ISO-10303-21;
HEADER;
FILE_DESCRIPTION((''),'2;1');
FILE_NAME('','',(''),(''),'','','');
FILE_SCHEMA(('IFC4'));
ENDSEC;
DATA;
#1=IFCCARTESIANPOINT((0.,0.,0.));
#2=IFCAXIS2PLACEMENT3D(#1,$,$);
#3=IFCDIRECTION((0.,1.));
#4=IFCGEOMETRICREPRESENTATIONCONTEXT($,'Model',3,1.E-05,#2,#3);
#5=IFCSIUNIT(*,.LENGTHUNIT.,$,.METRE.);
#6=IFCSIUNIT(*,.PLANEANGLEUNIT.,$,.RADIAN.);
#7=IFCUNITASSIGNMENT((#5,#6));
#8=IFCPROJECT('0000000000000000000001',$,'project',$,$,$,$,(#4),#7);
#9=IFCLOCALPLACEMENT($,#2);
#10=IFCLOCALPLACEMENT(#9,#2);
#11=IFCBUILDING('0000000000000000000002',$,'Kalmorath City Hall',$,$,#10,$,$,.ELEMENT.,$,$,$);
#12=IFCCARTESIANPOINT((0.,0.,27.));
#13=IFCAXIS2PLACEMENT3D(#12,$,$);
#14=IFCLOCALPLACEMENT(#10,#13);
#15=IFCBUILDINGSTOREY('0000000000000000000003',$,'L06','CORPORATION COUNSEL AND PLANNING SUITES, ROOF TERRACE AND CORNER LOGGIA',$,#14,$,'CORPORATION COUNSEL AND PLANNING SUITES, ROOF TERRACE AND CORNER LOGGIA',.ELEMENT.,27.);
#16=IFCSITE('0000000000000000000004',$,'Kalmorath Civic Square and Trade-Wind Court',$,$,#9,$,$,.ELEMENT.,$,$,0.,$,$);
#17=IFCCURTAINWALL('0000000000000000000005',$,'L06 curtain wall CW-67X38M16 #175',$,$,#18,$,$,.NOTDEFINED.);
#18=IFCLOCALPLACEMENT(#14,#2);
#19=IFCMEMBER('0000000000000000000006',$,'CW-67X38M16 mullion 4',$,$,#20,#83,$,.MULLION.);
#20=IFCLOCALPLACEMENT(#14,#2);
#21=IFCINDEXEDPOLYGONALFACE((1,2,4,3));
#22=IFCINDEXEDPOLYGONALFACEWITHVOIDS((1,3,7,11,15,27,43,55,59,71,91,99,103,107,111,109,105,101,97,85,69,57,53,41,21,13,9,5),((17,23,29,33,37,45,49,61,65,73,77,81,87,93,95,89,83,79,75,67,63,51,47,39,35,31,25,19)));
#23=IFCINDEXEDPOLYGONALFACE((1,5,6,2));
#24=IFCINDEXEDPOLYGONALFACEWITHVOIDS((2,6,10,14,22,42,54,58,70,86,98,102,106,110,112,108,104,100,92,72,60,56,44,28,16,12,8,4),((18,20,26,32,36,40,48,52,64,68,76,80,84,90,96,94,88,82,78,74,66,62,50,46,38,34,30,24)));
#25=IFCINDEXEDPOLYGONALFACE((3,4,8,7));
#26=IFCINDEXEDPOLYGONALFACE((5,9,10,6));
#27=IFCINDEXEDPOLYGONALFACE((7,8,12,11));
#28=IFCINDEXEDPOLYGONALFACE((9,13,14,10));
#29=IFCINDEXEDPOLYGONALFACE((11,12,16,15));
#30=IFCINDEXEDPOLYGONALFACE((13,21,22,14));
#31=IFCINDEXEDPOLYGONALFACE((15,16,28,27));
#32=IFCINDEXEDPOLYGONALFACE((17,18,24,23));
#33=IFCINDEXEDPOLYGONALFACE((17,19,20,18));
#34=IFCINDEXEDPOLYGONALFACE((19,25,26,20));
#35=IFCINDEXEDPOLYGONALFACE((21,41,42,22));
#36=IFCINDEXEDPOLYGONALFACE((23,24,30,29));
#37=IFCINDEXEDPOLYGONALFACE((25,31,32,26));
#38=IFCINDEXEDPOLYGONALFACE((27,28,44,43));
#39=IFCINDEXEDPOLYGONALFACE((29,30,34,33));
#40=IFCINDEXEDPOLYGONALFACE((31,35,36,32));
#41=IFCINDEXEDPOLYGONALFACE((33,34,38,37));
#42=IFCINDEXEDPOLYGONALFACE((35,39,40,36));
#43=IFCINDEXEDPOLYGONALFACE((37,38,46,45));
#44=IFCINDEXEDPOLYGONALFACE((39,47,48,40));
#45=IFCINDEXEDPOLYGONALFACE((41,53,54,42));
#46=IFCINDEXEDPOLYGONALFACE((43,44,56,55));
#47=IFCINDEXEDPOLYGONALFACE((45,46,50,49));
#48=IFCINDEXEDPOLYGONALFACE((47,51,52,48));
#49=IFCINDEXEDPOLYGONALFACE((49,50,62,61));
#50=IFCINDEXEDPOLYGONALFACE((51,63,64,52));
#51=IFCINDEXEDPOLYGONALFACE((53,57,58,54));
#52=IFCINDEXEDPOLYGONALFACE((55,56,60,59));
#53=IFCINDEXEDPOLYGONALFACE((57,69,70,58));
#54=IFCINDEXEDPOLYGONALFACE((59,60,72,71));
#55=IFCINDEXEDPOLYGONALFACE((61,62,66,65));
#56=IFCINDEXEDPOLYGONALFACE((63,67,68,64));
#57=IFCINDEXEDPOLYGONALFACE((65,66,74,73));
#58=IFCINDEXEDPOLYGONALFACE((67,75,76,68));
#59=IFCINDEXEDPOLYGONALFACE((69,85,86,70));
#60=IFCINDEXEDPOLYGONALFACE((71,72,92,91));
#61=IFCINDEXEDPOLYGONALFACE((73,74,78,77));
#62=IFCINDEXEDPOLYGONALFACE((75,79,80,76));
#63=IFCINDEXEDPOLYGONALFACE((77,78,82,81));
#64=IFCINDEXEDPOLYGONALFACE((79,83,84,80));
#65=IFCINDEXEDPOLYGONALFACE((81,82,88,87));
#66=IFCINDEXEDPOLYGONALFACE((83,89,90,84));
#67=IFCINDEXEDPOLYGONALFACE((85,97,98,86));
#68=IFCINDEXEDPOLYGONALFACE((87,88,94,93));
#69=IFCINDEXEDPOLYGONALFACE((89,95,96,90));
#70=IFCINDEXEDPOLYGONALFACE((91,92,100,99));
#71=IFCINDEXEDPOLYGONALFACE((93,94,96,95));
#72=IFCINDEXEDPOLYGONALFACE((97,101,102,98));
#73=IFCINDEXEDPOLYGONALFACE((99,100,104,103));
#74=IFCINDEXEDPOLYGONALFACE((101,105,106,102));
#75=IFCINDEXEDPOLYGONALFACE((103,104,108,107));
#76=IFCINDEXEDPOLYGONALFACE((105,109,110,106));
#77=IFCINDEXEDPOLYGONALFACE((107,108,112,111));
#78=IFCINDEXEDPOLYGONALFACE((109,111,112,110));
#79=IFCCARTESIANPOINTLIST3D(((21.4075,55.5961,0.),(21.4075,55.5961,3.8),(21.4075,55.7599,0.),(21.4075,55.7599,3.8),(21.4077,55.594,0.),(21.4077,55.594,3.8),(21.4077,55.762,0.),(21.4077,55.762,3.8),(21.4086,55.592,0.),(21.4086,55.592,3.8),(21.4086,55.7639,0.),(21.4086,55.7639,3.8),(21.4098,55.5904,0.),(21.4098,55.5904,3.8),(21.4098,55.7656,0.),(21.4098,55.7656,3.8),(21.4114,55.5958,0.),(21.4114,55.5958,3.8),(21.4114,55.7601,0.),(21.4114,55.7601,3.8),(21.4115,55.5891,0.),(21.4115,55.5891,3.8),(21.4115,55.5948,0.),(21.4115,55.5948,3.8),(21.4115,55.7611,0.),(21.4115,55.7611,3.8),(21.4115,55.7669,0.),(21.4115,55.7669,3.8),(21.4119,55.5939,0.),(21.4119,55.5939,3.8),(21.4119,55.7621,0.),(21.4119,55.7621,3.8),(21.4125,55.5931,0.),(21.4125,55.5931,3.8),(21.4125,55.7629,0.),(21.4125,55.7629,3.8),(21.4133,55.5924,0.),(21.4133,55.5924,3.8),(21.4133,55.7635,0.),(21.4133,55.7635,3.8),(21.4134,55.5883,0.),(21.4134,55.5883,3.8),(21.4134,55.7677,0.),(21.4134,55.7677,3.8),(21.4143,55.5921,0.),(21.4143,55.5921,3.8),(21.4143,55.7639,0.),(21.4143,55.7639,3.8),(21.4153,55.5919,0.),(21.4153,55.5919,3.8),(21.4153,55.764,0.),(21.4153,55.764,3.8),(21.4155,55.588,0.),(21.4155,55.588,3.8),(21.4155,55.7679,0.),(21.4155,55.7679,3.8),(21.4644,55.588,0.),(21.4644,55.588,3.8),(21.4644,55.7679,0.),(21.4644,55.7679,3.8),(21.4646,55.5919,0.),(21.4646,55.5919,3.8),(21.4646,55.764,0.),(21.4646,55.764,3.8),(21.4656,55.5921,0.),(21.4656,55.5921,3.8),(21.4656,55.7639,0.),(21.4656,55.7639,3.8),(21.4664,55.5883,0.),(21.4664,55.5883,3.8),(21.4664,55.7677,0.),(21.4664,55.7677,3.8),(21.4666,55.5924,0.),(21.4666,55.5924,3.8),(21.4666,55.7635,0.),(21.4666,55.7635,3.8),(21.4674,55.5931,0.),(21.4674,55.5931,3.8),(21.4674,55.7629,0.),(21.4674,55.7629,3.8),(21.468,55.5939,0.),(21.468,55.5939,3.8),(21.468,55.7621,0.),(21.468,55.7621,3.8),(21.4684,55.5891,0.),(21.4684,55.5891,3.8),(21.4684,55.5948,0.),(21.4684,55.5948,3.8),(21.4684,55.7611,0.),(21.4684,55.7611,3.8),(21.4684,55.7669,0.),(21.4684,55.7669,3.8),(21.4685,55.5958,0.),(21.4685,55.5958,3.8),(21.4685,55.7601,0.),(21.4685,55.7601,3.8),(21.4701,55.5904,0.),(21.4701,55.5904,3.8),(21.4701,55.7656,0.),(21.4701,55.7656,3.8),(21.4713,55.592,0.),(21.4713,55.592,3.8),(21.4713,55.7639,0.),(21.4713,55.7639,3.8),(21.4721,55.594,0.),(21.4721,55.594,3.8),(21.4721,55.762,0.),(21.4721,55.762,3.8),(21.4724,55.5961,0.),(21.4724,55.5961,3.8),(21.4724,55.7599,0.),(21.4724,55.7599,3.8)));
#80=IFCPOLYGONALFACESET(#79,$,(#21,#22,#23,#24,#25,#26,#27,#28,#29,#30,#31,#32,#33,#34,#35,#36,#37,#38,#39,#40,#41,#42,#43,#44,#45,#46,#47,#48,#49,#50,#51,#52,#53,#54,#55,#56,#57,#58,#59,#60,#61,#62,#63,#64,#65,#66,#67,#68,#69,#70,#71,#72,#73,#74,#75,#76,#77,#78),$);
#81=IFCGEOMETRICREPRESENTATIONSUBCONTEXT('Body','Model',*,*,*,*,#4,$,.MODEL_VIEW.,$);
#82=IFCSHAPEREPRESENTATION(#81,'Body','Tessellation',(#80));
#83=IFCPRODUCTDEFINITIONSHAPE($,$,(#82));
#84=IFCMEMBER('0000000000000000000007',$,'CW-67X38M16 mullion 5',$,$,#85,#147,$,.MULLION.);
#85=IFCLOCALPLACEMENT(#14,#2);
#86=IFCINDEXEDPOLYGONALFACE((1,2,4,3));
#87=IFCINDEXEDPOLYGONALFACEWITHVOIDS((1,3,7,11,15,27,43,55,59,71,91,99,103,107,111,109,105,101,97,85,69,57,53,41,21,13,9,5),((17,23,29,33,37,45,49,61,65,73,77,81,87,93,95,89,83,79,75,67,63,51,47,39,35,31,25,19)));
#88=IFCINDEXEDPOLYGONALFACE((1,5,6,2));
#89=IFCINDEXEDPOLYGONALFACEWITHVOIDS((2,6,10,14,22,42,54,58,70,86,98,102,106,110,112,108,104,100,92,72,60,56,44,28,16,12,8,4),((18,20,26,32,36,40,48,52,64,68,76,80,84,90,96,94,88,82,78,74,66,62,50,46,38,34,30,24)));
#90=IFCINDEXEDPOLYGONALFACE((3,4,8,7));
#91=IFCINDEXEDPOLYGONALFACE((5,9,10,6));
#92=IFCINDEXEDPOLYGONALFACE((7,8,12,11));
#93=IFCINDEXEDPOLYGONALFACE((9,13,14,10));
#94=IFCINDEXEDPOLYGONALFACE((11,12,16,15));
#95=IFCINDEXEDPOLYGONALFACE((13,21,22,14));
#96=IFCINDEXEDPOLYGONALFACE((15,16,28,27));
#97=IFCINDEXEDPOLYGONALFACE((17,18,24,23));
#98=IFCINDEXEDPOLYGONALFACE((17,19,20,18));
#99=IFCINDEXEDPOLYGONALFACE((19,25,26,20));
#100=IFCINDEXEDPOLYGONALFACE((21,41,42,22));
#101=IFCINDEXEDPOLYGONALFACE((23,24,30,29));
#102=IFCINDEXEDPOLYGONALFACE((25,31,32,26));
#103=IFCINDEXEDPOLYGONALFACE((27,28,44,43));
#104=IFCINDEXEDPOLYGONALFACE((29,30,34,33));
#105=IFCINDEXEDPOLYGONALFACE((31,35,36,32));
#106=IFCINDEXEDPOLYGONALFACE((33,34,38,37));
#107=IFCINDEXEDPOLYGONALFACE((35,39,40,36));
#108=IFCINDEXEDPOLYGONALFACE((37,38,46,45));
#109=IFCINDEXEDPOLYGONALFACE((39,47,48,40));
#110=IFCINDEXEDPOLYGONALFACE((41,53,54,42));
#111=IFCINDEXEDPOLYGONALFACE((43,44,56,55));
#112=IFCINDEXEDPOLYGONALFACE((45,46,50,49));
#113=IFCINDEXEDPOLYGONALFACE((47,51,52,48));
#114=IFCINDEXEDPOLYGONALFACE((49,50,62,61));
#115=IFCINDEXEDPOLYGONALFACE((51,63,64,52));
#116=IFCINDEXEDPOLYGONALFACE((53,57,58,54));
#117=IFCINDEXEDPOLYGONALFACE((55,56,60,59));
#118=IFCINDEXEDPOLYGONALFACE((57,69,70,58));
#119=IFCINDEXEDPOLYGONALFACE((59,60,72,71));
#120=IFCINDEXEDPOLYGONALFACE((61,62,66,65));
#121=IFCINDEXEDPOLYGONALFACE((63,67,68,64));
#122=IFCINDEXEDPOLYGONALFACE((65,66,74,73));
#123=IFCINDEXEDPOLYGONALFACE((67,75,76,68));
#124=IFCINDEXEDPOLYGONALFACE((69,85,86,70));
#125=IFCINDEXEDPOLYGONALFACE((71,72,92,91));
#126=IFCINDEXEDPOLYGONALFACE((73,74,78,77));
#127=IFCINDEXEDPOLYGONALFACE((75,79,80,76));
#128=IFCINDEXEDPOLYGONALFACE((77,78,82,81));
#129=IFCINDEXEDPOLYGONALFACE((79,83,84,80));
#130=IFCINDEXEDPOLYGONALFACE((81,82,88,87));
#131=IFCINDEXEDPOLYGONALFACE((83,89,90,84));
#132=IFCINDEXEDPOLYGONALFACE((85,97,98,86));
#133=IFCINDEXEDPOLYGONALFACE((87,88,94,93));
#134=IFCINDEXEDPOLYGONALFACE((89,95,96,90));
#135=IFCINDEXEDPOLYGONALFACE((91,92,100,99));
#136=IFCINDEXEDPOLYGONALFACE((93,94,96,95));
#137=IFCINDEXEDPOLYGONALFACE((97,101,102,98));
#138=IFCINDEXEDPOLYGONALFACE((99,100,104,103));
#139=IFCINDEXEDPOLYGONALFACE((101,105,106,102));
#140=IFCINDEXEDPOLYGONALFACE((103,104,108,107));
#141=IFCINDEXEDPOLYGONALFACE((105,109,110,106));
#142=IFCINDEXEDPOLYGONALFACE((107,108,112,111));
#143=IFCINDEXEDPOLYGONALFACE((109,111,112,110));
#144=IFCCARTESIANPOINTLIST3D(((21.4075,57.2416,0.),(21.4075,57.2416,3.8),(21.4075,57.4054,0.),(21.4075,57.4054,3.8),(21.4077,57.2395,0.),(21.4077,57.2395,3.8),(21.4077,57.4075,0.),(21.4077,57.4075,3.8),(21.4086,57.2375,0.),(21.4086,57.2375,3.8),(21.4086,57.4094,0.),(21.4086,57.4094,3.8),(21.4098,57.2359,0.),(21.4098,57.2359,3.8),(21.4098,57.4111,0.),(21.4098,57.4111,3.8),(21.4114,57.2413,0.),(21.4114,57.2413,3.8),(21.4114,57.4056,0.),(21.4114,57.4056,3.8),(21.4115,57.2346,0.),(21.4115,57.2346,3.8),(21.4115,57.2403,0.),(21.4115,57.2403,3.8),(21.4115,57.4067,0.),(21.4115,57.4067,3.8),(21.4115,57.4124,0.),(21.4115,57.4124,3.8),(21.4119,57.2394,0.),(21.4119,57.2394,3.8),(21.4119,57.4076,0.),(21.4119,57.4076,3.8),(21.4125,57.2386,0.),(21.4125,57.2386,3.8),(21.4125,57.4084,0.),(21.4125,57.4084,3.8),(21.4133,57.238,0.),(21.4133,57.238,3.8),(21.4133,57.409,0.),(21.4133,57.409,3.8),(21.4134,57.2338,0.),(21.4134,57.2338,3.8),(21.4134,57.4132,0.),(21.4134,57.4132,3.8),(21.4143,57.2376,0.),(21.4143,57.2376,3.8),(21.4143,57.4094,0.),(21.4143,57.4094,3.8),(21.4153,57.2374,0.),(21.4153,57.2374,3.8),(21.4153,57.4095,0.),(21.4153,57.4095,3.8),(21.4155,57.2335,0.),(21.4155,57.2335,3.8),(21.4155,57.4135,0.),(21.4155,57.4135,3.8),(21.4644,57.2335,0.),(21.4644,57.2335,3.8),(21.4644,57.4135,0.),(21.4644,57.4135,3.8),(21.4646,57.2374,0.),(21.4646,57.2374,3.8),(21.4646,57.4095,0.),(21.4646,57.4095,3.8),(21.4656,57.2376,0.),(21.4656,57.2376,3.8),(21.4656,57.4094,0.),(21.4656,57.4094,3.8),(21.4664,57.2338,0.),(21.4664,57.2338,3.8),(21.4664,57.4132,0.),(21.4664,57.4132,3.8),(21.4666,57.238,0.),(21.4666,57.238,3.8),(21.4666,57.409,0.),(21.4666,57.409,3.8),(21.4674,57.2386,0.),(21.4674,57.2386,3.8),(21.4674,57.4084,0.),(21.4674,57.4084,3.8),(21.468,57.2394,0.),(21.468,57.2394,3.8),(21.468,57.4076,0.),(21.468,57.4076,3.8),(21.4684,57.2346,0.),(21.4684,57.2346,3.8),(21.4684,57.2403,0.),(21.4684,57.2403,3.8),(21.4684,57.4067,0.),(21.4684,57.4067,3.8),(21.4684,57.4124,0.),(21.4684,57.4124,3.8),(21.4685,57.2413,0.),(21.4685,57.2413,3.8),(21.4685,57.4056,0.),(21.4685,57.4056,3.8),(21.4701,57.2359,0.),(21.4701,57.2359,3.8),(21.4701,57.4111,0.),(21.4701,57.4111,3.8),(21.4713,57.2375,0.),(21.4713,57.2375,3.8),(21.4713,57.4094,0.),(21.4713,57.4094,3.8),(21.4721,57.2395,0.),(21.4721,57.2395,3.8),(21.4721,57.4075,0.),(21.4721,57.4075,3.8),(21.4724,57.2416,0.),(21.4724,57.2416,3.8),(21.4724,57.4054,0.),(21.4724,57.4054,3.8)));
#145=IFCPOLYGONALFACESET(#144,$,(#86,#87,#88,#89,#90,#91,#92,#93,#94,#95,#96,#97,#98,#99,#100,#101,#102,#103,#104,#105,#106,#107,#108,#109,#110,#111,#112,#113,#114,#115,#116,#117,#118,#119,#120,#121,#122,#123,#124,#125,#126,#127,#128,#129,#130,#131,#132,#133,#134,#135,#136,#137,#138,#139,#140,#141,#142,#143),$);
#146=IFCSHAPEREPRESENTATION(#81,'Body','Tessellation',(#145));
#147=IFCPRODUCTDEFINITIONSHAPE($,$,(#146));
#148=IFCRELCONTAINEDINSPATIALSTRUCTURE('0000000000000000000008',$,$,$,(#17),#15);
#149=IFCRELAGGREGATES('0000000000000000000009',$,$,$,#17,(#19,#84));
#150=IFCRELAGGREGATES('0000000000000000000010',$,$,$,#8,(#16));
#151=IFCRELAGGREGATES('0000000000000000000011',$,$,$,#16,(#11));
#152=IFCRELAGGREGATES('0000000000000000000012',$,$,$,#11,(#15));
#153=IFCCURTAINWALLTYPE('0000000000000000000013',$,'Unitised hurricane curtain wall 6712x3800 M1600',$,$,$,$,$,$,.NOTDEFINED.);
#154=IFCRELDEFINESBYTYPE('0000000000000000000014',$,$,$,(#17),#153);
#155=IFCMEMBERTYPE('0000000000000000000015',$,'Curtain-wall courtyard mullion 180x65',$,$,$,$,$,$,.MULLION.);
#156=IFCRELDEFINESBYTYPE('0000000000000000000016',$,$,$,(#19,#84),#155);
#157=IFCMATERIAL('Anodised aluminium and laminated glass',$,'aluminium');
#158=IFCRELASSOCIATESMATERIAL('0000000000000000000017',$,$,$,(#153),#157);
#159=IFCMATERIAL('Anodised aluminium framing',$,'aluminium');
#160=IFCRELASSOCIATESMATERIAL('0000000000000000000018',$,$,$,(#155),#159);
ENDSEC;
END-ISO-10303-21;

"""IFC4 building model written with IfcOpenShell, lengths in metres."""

from ifc_helpers import new_model, si_unit, direction, frame, origin, origin_2d, place, context, subcontext, project, spatial, hollow_rectangle, extrude, material, material_profile, profile_set, type_object, element, aggregate, save


model = new_model("IFC4")

# Units and contexts
model_context = context("Model", 3, precision=1e-05, world=origin(), true_north=direction((0.0, 1.0)))
body_context = subcontext(model_context, "Body", "Model", "MODEL_VIEW")
ifc_project = project(units=[si_unit("LENGTHUNIT", "METRE"), si_unit("PLANEANGLEUNIT", "RADIAN")], contexts=[model_context])

# Site, building, storey
site_placement = place(None, origin())
site = spatial("IfcSite", under=ifc_project, at=site_placement, Name="Kalmorath Civic Square and Trade-Wind Court", CompositionType="ELEMENT", RefElevation=0.0)
building_placement = place(site_placement, origin())
building = spatial("IfcBuilding", under=site, at=building_placement, Name="Kalmorath City Hall", CompositionType="ELEMENT")
storey_placement = place(building_placement, frame((0.0, 0.0, 27.0)))
storey = spatial("IfcBuildingStorey", under=building, at=storey_placement, Name="L06", Description="CORPORATION COUNSEL AND PLANNING SUITES, ROOF TERRACE AND CORNER LOGGIA", LongName="CORPORATION COUNSEL AND PLANNING SUITES, ROOF TERRACE AND CORNER LOGGIA", CompositionType="ELEMENT", Elevation=27.0)

# Curtain wall, members
ifc_material_1 = material(Name="Anodised aluminium and laminated glass", Category="aluminium")
curtain_wall_type = type_object("IfcCurtainWallType", Name="Unitised hurricane curtain wall 6712x3800 M1600", PredefinedType="NOTDEFINED", material=ifc_material_1)
curtain_wall_placement = place(storey_placement, origin())
curtain_wall = element("IfcCurtainWall", 1, at=curtain_wall_placement, inside=storey, type_object=curtain_wall_type, Name="L06 curtain wall CW-67X38M16 #175", PredefinedType="NOTDEFINED")
ifc_material_2 = material(Name="Anodised aluminium framing", Category="aluminium")
ifc_material_profile_1 = material_profile(ifc_material_2, hollow_rectangle(XDim=0.0649, YDim=0.1799, WallThickness=0.0039, InnerFilletRadius=0.0039, OuterFilletRadius=0.0081, at=origin_2d()), Name="ALU-MUL-180X65X4")
ifc_profile_set_1 = profile_set([ifc_material_profile_1], Name="Anodised aluminium framing")
member_type_1 = type_object("IfcMemberType", Name="Curtain-wall courtyard mullion 180x65", PredefinedType="MULLION", material=ifc_profile_set_1)
member_1_placement = place(storey_placement, frame((21.4399, 55.678, 0.0), z_axis=(0.0, 0.0, 1.0), x_axis=(-1.0, 0.0, 0.0)))
member_1 = element("IfcMember", 2, at=member_1_placement, type_object=member_type_1, Name="CW-67X38M16 mullion 4", PredefinedType="MULLION", context=body_context, shape_type="SweptSolid", body=[
    extrude(hollow_rectangle(XDim=0.0649, YDim=0.1799, WallThickness=0.0039, InnerFilletRadius=0.0039, OuterFilletRadius=0.0081, at=origin_2d()), origin(), (0.0, 0.0, 1.0), 3.8),
])
member_2_placement = place(storey_placement, frame((21.4399, 57.3235, 0.0), z_axis=(0.0, 0.0, 1.0), x_axis=(-1.0, 0.0, 0.0)))
member_2 = element("IfcMember", 3, at=member_2_placement, type_object=member_type_1, Name="CW-67X38M16 mullion 5", PredefinedType="MULLION", context=body_context, shape_type="SweptSolid", body=[
    extrude(hollow_rectangle(XDim=0.0649, YDim=0.1799, WallThickness=0.0039, InnerFilletRadius=0.0039, OuterFilletRadius=0.0081, at=origin_2d()), origin(), (0.0, 0.0, 1.0), 3.8),
])

aggregate(curtain_wall, [member_1, member_2])

save(model, "model.ifc")
